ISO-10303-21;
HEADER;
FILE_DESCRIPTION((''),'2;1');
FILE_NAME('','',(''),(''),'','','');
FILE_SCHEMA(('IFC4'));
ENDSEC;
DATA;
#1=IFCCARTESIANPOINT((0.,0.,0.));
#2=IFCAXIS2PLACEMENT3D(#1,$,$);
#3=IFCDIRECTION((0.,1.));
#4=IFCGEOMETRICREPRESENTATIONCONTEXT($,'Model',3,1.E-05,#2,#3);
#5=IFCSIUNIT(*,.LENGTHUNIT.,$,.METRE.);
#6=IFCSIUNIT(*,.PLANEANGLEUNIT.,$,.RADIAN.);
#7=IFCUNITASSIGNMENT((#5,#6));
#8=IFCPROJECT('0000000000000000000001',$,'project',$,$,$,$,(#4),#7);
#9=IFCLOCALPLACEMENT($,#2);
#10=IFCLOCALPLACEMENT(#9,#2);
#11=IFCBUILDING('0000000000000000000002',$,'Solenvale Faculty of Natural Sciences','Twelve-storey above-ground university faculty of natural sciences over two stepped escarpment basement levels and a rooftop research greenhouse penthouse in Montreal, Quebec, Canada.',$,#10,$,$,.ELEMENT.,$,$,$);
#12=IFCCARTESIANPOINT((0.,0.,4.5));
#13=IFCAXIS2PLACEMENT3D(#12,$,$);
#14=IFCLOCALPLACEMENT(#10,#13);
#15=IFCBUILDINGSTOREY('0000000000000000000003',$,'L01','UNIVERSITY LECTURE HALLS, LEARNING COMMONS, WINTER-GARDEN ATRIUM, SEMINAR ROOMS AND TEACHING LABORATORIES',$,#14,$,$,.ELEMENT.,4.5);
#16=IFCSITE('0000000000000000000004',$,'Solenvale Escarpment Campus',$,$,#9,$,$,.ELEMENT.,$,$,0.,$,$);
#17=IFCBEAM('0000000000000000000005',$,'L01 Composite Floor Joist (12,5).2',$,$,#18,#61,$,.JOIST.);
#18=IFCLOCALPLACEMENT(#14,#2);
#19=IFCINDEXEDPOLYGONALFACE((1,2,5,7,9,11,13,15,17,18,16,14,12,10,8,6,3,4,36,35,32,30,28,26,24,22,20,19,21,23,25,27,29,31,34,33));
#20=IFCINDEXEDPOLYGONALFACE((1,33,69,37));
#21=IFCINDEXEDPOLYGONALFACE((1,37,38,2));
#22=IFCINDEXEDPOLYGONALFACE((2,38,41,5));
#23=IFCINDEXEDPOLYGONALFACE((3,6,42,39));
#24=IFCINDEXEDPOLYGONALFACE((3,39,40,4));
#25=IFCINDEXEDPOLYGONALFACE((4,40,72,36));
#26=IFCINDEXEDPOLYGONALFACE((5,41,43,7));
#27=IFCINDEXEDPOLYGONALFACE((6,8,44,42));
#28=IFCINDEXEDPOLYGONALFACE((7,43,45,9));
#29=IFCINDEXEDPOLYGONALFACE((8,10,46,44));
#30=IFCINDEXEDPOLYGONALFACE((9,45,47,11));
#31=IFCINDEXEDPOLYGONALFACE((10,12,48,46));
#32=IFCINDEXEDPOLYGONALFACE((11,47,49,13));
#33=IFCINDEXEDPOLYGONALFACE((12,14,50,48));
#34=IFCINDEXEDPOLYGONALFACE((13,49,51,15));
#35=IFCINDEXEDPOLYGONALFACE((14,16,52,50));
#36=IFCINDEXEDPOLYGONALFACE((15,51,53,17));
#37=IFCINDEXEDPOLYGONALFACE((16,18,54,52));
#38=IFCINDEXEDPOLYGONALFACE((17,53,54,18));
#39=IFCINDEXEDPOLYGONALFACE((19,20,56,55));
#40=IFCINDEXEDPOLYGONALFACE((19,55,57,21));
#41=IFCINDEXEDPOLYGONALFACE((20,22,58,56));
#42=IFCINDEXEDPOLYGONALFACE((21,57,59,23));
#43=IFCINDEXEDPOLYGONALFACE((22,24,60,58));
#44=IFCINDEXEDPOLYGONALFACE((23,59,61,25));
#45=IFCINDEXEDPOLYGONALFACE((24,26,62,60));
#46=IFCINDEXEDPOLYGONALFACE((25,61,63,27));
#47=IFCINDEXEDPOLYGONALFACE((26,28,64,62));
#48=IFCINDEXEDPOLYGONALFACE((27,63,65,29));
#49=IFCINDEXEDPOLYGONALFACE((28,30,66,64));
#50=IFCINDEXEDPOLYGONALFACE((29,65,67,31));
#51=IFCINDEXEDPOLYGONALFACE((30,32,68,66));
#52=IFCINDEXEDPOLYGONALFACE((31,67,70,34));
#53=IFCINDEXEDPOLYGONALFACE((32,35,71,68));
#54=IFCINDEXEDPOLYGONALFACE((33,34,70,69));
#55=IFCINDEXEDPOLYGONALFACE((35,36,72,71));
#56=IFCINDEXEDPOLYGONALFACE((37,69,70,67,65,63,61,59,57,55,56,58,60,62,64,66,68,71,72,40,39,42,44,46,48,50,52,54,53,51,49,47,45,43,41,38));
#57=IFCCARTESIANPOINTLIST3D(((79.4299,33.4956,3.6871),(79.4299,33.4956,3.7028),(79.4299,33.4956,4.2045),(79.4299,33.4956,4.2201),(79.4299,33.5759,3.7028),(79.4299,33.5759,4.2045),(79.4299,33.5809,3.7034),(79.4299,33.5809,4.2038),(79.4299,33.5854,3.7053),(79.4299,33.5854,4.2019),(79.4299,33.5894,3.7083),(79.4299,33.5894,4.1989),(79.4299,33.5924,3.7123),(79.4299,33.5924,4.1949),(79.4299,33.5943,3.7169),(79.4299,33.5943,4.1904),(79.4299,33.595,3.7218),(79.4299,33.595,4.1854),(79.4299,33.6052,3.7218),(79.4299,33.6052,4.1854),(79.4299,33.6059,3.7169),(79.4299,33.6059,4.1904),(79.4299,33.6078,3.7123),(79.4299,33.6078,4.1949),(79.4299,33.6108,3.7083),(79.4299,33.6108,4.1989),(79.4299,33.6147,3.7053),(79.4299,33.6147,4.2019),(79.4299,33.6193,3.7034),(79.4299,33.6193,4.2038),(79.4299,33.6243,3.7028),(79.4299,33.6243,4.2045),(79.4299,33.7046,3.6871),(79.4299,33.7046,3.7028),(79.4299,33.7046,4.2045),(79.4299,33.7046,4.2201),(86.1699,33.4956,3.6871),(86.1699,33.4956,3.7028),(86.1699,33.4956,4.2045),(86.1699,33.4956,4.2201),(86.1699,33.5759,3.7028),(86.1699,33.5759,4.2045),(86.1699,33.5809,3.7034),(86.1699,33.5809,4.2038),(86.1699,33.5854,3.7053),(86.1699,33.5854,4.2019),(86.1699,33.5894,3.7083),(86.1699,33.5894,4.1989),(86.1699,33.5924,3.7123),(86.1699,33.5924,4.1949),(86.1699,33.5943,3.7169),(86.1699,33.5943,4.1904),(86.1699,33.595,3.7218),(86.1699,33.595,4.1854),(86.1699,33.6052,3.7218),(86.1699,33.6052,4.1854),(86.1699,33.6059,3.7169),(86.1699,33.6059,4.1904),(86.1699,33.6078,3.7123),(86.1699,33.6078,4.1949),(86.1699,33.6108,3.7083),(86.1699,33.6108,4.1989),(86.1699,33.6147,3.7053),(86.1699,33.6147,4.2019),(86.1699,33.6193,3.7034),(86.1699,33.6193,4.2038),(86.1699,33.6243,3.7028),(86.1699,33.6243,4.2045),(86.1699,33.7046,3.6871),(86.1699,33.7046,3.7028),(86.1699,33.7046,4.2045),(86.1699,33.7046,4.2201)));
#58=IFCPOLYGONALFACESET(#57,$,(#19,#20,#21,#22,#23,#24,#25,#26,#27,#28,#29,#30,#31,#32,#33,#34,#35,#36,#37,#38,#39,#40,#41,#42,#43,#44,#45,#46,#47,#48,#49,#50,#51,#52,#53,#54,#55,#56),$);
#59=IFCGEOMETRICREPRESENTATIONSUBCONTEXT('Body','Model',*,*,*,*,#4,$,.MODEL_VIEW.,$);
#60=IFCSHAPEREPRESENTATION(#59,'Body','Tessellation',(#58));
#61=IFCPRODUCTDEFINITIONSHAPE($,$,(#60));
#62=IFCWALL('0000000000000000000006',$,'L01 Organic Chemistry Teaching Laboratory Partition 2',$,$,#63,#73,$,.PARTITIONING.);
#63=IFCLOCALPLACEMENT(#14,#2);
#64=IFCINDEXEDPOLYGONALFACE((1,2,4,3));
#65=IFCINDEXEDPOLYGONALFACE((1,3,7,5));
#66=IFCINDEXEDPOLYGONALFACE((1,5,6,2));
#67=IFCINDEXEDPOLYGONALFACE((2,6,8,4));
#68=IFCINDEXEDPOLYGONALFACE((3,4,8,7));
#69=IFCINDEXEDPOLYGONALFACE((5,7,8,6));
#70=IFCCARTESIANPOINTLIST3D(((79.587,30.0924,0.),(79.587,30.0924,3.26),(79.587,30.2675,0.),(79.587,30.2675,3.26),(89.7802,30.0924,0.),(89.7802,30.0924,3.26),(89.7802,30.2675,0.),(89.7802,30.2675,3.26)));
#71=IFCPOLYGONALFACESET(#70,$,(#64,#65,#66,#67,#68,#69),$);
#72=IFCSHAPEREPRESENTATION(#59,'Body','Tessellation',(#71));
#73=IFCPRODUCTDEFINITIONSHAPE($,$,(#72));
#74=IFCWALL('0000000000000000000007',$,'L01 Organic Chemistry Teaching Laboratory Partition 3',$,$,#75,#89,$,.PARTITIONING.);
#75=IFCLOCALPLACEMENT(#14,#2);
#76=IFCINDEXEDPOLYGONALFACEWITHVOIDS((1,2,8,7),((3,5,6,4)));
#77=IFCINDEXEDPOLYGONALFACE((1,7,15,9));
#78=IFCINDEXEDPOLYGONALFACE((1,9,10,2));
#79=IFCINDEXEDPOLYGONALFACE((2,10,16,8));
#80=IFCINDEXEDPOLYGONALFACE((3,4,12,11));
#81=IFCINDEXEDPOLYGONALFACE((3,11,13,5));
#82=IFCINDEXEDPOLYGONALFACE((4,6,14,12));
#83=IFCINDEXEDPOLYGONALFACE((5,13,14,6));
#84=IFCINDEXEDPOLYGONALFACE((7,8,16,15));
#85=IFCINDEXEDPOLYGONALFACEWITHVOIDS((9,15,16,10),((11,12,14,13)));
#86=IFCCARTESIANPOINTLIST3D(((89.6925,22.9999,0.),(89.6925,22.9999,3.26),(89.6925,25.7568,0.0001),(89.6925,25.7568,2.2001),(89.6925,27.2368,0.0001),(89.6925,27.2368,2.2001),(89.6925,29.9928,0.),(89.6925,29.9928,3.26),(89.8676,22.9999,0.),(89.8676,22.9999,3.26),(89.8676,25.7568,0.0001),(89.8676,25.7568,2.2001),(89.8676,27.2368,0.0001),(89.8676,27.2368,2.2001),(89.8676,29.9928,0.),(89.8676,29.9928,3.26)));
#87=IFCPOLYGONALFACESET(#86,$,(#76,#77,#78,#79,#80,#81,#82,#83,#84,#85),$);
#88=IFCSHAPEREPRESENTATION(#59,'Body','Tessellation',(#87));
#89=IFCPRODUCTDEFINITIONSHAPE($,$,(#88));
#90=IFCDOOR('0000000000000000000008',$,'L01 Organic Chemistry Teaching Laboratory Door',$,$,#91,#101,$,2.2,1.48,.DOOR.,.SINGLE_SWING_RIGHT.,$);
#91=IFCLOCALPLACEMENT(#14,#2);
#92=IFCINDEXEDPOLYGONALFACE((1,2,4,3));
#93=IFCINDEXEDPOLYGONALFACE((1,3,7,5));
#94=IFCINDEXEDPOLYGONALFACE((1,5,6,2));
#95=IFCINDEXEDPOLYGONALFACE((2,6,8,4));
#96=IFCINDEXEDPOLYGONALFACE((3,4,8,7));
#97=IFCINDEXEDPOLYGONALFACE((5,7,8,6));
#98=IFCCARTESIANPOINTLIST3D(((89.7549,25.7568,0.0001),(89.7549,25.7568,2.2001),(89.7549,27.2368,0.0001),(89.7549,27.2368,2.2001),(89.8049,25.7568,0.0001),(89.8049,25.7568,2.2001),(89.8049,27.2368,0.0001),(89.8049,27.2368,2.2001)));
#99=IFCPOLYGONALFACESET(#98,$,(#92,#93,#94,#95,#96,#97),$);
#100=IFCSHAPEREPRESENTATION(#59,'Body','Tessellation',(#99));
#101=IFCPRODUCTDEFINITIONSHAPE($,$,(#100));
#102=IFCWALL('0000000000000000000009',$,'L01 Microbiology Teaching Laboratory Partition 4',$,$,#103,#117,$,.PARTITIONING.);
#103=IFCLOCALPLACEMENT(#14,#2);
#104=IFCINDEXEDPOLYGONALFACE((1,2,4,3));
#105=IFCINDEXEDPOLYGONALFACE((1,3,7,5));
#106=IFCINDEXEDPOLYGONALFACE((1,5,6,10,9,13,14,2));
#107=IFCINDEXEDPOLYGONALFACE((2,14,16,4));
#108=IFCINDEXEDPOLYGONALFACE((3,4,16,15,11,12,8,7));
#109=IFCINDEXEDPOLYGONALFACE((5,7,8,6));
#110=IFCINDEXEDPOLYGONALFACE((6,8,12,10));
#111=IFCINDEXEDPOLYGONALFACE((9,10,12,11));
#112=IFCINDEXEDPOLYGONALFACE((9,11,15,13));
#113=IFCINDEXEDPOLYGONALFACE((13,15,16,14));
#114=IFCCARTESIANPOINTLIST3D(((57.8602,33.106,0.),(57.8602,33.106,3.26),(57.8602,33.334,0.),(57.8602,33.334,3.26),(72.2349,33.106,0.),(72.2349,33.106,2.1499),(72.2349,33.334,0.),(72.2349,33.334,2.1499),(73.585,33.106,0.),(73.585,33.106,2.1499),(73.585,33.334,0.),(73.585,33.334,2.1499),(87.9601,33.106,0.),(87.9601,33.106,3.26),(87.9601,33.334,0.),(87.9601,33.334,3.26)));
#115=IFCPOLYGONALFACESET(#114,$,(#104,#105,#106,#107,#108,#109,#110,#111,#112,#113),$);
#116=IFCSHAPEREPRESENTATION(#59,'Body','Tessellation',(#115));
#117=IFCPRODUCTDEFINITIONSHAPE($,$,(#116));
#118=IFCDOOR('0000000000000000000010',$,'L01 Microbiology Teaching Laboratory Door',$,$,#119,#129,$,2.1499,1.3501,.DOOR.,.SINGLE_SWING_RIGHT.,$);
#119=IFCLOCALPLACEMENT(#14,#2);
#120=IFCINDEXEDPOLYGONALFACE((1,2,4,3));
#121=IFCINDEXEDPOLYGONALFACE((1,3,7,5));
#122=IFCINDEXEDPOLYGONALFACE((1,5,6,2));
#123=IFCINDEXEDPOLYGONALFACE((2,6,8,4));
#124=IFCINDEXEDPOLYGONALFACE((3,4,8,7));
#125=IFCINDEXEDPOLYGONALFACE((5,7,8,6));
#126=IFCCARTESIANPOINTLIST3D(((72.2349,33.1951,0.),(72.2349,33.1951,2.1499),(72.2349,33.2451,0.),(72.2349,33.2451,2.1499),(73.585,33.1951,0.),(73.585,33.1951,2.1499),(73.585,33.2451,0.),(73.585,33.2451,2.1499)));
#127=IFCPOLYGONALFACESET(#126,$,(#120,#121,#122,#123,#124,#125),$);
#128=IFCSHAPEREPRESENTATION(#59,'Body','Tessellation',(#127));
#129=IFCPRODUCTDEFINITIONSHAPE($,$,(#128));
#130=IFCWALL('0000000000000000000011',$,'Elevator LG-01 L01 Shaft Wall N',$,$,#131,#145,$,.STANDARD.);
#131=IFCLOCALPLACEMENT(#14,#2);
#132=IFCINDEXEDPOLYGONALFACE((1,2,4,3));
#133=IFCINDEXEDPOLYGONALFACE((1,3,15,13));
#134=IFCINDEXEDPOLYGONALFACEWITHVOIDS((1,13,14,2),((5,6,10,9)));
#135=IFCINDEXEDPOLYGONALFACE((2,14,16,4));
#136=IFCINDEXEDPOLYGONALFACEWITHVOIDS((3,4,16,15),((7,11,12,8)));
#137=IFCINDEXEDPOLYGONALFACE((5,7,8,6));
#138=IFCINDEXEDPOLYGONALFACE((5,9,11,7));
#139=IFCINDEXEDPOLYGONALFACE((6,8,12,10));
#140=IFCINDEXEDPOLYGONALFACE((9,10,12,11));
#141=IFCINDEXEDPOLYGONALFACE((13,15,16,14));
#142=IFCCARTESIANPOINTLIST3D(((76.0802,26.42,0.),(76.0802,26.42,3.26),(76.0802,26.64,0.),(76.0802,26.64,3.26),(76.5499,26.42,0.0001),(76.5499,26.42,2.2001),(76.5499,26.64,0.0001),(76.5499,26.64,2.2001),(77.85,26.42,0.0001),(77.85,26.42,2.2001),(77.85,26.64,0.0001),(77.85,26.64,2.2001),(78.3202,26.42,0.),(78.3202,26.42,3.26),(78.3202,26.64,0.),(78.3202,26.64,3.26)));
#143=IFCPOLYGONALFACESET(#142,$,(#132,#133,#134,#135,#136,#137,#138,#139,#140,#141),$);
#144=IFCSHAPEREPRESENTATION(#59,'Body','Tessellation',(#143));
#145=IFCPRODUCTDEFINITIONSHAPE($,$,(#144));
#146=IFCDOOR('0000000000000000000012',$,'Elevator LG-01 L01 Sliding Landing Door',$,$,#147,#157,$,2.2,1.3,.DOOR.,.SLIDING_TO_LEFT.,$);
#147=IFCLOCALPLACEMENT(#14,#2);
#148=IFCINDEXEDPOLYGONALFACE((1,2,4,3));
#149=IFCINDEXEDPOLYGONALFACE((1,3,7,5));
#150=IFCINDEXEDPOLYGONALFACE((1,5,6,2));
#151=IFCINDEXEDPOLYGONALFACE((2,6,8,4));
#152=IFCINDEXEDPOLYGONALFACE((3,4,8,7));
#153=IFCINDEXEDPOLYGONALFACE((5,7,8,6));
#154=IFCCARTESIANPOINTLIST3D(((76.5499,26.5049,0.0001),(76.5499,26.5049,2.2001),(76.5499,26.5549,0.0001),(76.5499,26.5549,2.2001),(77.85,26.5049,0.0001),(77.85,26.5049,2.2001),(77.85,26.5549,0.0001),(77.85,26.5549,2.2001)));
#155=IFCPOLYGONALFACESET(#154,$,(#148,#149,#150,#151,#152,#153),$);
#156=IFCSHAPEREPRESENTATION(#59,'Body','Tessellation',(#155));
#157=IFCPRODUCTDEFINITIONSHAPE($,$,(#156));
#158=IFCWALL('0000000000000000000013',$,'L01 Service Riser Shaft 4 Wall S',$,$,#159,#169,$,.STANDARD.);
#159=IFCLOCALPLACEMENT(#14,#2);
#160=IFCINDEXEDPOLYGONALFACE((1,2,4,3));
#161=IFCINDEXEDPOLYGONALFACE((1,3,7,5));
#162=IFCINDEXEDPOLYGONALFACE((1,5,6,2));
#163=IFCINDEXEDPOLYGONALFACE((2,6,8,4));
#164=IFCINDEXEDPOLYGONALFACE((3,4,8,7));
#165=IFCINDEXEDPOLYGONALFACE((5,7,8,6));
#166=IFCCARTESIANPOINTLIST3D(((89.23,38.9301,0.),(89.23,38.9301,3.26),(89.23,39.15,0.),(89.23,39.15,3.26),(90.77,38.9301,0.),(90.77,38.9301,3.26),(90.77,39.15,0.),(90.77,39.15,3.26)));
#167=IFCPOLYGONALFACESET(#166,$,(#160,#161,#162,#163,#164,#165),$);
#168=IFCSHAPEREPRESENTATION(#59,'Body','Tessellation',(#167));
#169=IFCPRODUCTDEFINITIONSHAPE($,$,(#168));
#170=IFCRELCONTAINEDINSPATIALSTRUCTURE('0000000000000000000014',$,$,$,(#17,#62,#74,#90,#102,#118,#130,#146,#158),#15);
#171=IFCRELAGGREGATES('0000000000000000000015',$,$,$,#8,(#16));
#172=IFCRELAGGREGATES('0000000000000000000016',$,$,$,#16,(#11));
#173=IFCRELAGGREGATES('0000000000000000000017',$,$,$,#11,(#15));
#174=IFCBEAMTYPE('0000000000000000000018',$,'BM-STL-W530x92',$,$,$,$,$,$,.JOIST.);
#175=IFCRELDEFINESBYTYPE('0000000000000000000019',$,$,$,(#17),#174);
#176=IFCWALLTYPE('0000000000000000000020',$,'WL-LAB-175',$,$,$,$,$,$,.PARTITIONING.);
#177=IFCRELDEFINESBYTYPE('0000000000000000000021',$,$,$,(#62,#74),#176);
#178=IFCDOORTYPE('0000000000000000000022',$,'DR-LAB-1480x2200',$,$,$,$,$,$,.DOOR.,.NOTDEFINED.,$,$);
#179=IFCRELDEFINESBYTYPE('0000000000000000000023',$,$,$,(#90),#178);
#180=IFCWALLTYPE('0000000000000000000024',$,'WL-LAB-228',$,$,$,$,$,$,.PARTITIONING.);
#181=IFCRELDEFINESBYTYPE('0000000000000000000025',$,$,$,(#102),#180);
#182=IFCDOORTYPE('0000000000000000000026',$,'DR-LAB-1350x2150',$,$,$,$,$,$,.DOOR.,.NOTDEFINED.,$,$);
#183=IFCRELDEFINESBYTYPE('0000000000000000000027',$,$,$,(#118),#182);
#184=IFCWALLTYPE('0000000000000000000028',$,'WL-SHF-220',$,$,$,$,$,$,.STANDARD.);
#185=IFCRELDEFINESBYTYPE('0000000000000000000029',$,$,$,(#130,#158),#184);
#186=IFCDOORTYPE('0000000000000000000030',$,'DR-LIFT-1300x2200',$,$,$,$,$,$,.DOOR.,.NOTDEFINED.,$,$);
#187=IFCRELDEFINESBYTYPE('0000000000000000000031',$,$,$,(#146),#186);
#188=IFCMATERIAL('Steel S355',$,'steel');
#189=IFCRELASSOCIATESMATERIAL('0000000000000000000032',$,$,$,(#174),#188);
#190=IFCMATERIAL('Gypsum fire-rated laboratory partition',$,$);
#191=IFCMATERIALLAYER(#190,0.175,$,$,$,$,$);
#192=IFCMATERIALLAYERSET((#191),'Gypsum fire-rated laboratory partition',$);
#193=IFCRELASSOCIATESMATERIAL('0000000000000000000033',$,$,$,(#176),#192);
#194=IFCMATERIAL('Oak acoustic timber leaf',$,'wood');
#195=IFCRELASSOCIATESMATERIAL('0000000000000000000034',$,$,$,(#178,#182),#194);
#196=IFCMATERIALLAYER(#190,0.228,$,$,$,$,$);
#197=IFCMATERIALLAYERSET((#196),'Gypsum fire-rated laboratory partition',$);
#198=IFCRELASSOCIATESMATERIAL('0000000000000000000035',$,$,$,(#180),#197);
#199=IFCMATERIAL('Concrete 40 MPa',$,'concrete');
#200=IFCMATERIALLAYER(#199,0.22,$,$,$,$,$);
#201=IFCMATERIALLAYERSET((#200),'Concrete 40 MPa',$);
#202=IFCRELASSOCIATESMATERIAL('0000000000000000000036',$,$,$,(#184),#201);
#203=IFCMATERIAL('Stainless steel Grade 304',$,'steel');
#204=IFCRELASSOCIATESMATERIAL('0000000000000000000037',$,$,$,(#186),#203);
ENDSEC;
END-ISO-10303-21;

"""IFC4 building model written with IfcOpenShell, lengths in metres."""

from ifc_helpers import new_model, si_unit, direction, frame, frame_2d, origin, origin_2d, place, context, subcontext, project, spatial, rectangle, i_section, extrude, material, layer, layer_set, material_profile, profile_set, type_object, element, fill, save


model = new_model("IFC4")

# Units and contexts
model_context = context("Model", 3, precision=1e-05, world=origin(), true_north=direction((0.0, 1.0)))
body_context = subcontext(model_context, "Body", "Model", "MODEL_VIEW")
ifc_project = project(units=[si_unit("LENGTHUNIT", "METRE"), si_unit("PLANEANGLEUNIT", "RADIAN")], contexts=[model_context])

# Site, building, storey
site_placement = place(None, origin())
site = spatial("IfcSite", under=ifc_project, at=site_placement, Name="Solenvale Escarpment Campus", CompositionType="ELEMENT", RefElevation=0.0)
building_placement = place(site_placement, origin())
building = spatial("IfcBuilding", under=site, at=building_placement, Name="Solenvale Faculty of Natural Sciences", Description="Twelve-storey above-ground university faculty of natural sciences over two stepped escarpment basement levels and a rooftop research greenhouse penthouse in Montreal, Quebec, Canada.", CompositionType="ELEMENT")
storey_placement = place(building_placement, frame((0.0, 0.0, 4.5)))
storey = spatial("IfcBuildingStorey", under=building, at=storey_placement, Name="L01", Description="UNIVERSITY LECTURE HALLS, LEARNING COMMONS, WINTER-GARDEN ATRIUM, SEMINAR ROOMS AND TEACHING LABORATORIES", CompositionType="ELEMENT", Elevation=4.5)

# Beam
ifc_material_1 = material(Name="Concrete 40 MPa", Category="concrete")
ifc_material_2 = material(Name="Steel S355", Category="steel")
ifc_material_profile_1 = material_profile(ifc_material_2, i_section(OverallWidth=0.209, OverallDepth=0.533, WebThickness=0.0103, FlangeThickness=0.0156, FilletRadius=0.019, at=origin_2d()), Name="W530x92")
ifc_profile_set_1 = profile_set([ifc_material_profile_1], Name="Steel S355")
beam_type_1 = type_object("IfcBeamType", Name="BM-STL-W530x92", PredefinedType="JOIST", material=ifc_profile_set_1)
for number, where, z_axis, x_axis, name in (
    (1, (79.4299, 33.6001, 3.9536), (1.0, 0.0, 0.0), (0.0, 1.0, 0.0), "L01 Composite Floor Joist (12,5).2"),
):
    element("IfcBeam", number, at=place(storey_placement, frame(where, z_axis=z_axis, x_axis=x_axis)), inside=storey, type_object=beam_type_1, Name=name, PredefinedType="JOIST", context=body_context, shape_type="SweptSolid", body=[
        extrude(i_section(OverallWidth=0.209, OverallDepth=0.533, WebThickness=0.0103, FlangeThickness=0.0156, FilletRadius=0.019, at=origin_2d()), origin(), (0.0, 0.0, 1.0), 6.74),
    ])

# Wall
ifc_material_3 = material(Name="Gypsum fire-rated laboratory partition")
ifc_layer_1 = layer(ifc_material_3, 0.175)
ifc_layer_set_1 = layer_set([ifc_layer_1], Name="Gypsum fire-rated laboratory partition")
wall_type_1 = type_object("IfcWallType", Name="WL-LAB-175", PredefinedType="PARTITIONING", material=ifc_layer_set_1)
wall_1_placement = place(storey_placement, frame((79.5869, 30.1799, 0.0), z_axis=(0.0, 0.0, 1.0), x_axis=(1.0, 0.0, 0.0)))
element("IfcWall", 2, at=wall_1_placement, inside=storey, type_object=wall_type_1, Name="L01 Organic Chemistry Teaching Laboratory Partition 2", PredefinedType="PARTITIONING", context=body_context, shape_type="SweptSolid", body=[
    extrude(rectangle(XDim=10.1931, YDim=0.175, at=frame_2d((5.0967, 0.0))), origin(), (0.0, 0.0, 1.0), 3.26),
])

# Walls, openings, doors
wall_2_placement = place(storey_placement, frame((89.78, 29.9929, 0.0), z_axis=(0.0, 0.0, 1.0), x_axis=(0.0, -1.0, 0.0)))
wall_2 = element("IfcWall", 3, at=wall_2_placement, inside=storey, type_object=wall_type_1, Name="L01 Organic Chemistry Teaching Laboratory Partition 3", PredefinedType="PARTITIONING", context=body_context, shape_type="SweptSolid", body=[
    extrude(rectangle(XDim=6.9929, YDim=0.175, at=frame_2d((3.4966, 0.0))), origin(), (0.0, 0.0, 1.0), 3.26),
])
opening_1_placement = place(wall_2_placement, frame((2.7561, 0.0, 0.0)))
opening_1 = element("IfcOpeningElement", 4, at=opening_1_placement, cuts=wall_2, PredefinedType="OPENING", context=body_context, shape_type="SweptSolid", body=[
    extrude(rectangle(XDim=1.48, YDim=2.2, at=frame_2d((0.74, 1.1001))), frame((0.0, 0.0974, 0.0), z_axis=(0.0, -1.0, 0.0), x_axis=(1.0, 0.0, 0.0)), (0.0, 0.0, 1.0), 0.1951),
])
ifc_material_4 = material(Name="Oak acoustic timber leaf", Category="wood")
door_type_1 = type_object("IfcDoorType", Name="DR-LAB-1480x2200", OperationType="NOTDEFINED", PredefinedType="DOOR", material=ifc_material_4)
door_1_placement = place(opening_1_placement, origin())
door_1 = element("IfcDoor", 5, at=door_1_placement, inside=storey, type_object=door_type_1, Name="L01 Organic Chemistry Teaching Laboratory Door", OperationType="SINGLE_SWING_RIGHT", OverallHeight=2.2, OverallWidth=1.48, PredefinedType="DOOR", context=body_context, shape_type="SweptSolid", body=[
    extrude(rectangle(XDim=1.48, YDim=2.2, at=frame_2d((0.74, 1.1001))), frame((0.0, 0.0249, 0.0), z_axis=(0.0, -1.0, 0.0), x_axis=(1.0, 0.0, 0.0)), (0.0, 0.0, 1.0), 0.05),
])
fill(opening_1, door_1)
ifc_layer_2 = layer(ifc_material_3, 0.228)
ifc_layer_set_2 = layer_set([ifc_layer_2], Name="Gypsum fire-rated laboratory partition")
wall_type_2 = type_object("IfcWallType", Name="WL-LAB-228", PredefinedType="PARTITIONING", material=ifc_layer_set_2)
wall_3_placement = place(storey_placement, frame((87.96, 33.22, 0.0), z_axis=(0.0, 0.0, 1.0), x_axis=(-1.0, 0.0, 0.0)))
wall_3 = element("IfcWall", 6, at=wall_3_placement, inside=storey, type_object=wall_type_2, Name="L01 Microbiology Teaching Laboratory Partition 4", PredefinedType="PARTITIONING", context=body_context, shape_type="SweptSolid", body=[
    extrude(rectangle(XDim=30.0999, YDim=0.228, at=frame_2d((15.0498, 0.0))), origin(), (0.0, 0.0, 1.0), 3.26),
])
opening_2_placement = place(wall_3_placement, frame((14.375, 0.0, 0.0)))
opening_2 = element("IfcOpeningElement", 7, at=opening_2_placement, cuts=wall_3, PredefinedType="OPENING", context=body_context, shape_type="SweptSolid", body=[
    extrude(rectangle(XDim=1.3501, YDim=2.1499, at=frame_2d((0.675, 1.075))), frame((0.0, 0.124, 0.0), z_axis=(0.0, -1.0, 0.0), x_axis=(1.0, 0.0, 0.0)), (0.0, 0.0, 1.0), 0.248),
])
door_type_2 = type_object("IfcDoorType", Name="DR-LAB-1350x2150", OperationType="NOTDEFINED", PredefinedType="DOOR", material=ifc_material_4)
door_2_placement = place(opening_2_placement, origin())
door_2 = element("IfcDoor", 8, at=door_2_placement, inside=storey, type_object=door_type_2, Name="L01 Microbiology Teaching Laboratory Door", OperationType="SINGLE_SWING_RIGHT", OverallHeight=2.1499, OverallWidth=1.3501, PredefinedType="DOOR", context=body_context, shape_type="SweptSolid", body=[
    extrude(rectangle(XDim=1.3501, YDim=2.1499, at=frame_2d((0.675, 1.075))), frame((0.0, 0.0249, 0.0), z_axis=(0.0, -1.0, 0.0), x_axis=(1.0, 0.0, 0.0)), (0.0, 0.0, 1.0), 0.05),
])
fill(opening_2, door_2)
ifc_layer_3 = layer(ifc_material_1, 0.22)
ifc_layer_set_3 = layer_set([ifc_layer_3], Name="Concrete 40 MPa")
wall_type_3 = type_object("IfcWallType", Name="WL-SHF-220", PredefinedType="STANDARD", material=ifc_layer_set_3)
wall_4_placement = place(storey_placement, frame((76.0801, 26.53, 0.0), z_axis=(0.0, 0.0, 1.0), x_axis=(1.0, 0.0, 0.0)))
wall_4 = element("IfcWall", 9, at=wall_4_placement, inside=storey, type_object=wall_type_3, Name="Elevator LG-01 L01 Shaft Wall N", PredefinedType="STANDARD", context=body_context, shape_type="SweptSolid", body=[
    extrude(rectangle(XDim=2.24, YDim=0.22, at=frame_2d((1.1201, 0.0))), origin(), (0.0, 0.0, 1.0), 3.26),
])
opening_3_placement = place(wall_4_placement, frame((0.47, 0.0, 0.0)))
opening_3 = element("IfcOpeningElement", 10, at=opening_3_placement, cuts=wall_4, PredefinedType="OPENING", context=body_context, shape_type="SweptSolid", body=[
    extrude(rectangle(XDim=1.3, YDim=2.2, at=frame_2d((0.6499, 1.1001))), frame((0.0, 0.1199, 0.0), z_axis=(0.0, -1.0, 0.0), x_axis=(1.0, 0.0, 0.0)), (0.0, 0.0, 1.0), 0.24),
])
ifc_material_5 = material(Name="Stainless steel Grade 304", Category="steel")
door_type_3 = type_object("IfcDoorType", Name="DR-LIFT-1300x2200", OperationType="NOTDEFINED", PredefinedType="DOOR", material=ifc_material_5)
door_3_placement = place(opening_3_placement, origin())
door_3 = element("IfcDoor", 11, at=door_3_placement, inside=storey, type_object=door_type_3, Name="Elevator LG-01 L01 Sliding Landing Door", OperationType="SLIDING_TO_LEFT", OverallHeight=2.2, OverallWidth=1.3, PredefinedType="DOOR", context=body_context, shape_type="SweptSolid", body=[
    extrude(rectangle(XDim=1.3, YDim=2.2, at=frame_2d((0.6499, 1.1001))), frame((0.0, 0.0249, 0.0), z_axis=(0.0, -1.0, 0.0), x_axis=(1.0, 0.0, 0.0)), (0.0, 0.0, 1.0), 0.05),
])
fill(opening_3, door_3)

# Wall
wall_5_placement = place(storey_placement, frame((89.23, 39.04, 0.0), z_axis=(0.0, 0.0, 1.0), x_axis=(1.0, 0.0, 0.0)))
element("IfcWall", 12, at=wall_5_placement, inside=storey, type_object=wall_type_3, Name="L01 Service Riser Shaft 4 Wall S", PredefinedType="STANDARD", context=body_context, shape_type="SweptSolid", body=[
    extrude(rectangle(XDim=1.54, YDim=0.22, at=frame_2d((0.77, 0.0))), origin(), (0.0, 0.0, 1.0), 3.26),
])

save(model, "model.ifc")
